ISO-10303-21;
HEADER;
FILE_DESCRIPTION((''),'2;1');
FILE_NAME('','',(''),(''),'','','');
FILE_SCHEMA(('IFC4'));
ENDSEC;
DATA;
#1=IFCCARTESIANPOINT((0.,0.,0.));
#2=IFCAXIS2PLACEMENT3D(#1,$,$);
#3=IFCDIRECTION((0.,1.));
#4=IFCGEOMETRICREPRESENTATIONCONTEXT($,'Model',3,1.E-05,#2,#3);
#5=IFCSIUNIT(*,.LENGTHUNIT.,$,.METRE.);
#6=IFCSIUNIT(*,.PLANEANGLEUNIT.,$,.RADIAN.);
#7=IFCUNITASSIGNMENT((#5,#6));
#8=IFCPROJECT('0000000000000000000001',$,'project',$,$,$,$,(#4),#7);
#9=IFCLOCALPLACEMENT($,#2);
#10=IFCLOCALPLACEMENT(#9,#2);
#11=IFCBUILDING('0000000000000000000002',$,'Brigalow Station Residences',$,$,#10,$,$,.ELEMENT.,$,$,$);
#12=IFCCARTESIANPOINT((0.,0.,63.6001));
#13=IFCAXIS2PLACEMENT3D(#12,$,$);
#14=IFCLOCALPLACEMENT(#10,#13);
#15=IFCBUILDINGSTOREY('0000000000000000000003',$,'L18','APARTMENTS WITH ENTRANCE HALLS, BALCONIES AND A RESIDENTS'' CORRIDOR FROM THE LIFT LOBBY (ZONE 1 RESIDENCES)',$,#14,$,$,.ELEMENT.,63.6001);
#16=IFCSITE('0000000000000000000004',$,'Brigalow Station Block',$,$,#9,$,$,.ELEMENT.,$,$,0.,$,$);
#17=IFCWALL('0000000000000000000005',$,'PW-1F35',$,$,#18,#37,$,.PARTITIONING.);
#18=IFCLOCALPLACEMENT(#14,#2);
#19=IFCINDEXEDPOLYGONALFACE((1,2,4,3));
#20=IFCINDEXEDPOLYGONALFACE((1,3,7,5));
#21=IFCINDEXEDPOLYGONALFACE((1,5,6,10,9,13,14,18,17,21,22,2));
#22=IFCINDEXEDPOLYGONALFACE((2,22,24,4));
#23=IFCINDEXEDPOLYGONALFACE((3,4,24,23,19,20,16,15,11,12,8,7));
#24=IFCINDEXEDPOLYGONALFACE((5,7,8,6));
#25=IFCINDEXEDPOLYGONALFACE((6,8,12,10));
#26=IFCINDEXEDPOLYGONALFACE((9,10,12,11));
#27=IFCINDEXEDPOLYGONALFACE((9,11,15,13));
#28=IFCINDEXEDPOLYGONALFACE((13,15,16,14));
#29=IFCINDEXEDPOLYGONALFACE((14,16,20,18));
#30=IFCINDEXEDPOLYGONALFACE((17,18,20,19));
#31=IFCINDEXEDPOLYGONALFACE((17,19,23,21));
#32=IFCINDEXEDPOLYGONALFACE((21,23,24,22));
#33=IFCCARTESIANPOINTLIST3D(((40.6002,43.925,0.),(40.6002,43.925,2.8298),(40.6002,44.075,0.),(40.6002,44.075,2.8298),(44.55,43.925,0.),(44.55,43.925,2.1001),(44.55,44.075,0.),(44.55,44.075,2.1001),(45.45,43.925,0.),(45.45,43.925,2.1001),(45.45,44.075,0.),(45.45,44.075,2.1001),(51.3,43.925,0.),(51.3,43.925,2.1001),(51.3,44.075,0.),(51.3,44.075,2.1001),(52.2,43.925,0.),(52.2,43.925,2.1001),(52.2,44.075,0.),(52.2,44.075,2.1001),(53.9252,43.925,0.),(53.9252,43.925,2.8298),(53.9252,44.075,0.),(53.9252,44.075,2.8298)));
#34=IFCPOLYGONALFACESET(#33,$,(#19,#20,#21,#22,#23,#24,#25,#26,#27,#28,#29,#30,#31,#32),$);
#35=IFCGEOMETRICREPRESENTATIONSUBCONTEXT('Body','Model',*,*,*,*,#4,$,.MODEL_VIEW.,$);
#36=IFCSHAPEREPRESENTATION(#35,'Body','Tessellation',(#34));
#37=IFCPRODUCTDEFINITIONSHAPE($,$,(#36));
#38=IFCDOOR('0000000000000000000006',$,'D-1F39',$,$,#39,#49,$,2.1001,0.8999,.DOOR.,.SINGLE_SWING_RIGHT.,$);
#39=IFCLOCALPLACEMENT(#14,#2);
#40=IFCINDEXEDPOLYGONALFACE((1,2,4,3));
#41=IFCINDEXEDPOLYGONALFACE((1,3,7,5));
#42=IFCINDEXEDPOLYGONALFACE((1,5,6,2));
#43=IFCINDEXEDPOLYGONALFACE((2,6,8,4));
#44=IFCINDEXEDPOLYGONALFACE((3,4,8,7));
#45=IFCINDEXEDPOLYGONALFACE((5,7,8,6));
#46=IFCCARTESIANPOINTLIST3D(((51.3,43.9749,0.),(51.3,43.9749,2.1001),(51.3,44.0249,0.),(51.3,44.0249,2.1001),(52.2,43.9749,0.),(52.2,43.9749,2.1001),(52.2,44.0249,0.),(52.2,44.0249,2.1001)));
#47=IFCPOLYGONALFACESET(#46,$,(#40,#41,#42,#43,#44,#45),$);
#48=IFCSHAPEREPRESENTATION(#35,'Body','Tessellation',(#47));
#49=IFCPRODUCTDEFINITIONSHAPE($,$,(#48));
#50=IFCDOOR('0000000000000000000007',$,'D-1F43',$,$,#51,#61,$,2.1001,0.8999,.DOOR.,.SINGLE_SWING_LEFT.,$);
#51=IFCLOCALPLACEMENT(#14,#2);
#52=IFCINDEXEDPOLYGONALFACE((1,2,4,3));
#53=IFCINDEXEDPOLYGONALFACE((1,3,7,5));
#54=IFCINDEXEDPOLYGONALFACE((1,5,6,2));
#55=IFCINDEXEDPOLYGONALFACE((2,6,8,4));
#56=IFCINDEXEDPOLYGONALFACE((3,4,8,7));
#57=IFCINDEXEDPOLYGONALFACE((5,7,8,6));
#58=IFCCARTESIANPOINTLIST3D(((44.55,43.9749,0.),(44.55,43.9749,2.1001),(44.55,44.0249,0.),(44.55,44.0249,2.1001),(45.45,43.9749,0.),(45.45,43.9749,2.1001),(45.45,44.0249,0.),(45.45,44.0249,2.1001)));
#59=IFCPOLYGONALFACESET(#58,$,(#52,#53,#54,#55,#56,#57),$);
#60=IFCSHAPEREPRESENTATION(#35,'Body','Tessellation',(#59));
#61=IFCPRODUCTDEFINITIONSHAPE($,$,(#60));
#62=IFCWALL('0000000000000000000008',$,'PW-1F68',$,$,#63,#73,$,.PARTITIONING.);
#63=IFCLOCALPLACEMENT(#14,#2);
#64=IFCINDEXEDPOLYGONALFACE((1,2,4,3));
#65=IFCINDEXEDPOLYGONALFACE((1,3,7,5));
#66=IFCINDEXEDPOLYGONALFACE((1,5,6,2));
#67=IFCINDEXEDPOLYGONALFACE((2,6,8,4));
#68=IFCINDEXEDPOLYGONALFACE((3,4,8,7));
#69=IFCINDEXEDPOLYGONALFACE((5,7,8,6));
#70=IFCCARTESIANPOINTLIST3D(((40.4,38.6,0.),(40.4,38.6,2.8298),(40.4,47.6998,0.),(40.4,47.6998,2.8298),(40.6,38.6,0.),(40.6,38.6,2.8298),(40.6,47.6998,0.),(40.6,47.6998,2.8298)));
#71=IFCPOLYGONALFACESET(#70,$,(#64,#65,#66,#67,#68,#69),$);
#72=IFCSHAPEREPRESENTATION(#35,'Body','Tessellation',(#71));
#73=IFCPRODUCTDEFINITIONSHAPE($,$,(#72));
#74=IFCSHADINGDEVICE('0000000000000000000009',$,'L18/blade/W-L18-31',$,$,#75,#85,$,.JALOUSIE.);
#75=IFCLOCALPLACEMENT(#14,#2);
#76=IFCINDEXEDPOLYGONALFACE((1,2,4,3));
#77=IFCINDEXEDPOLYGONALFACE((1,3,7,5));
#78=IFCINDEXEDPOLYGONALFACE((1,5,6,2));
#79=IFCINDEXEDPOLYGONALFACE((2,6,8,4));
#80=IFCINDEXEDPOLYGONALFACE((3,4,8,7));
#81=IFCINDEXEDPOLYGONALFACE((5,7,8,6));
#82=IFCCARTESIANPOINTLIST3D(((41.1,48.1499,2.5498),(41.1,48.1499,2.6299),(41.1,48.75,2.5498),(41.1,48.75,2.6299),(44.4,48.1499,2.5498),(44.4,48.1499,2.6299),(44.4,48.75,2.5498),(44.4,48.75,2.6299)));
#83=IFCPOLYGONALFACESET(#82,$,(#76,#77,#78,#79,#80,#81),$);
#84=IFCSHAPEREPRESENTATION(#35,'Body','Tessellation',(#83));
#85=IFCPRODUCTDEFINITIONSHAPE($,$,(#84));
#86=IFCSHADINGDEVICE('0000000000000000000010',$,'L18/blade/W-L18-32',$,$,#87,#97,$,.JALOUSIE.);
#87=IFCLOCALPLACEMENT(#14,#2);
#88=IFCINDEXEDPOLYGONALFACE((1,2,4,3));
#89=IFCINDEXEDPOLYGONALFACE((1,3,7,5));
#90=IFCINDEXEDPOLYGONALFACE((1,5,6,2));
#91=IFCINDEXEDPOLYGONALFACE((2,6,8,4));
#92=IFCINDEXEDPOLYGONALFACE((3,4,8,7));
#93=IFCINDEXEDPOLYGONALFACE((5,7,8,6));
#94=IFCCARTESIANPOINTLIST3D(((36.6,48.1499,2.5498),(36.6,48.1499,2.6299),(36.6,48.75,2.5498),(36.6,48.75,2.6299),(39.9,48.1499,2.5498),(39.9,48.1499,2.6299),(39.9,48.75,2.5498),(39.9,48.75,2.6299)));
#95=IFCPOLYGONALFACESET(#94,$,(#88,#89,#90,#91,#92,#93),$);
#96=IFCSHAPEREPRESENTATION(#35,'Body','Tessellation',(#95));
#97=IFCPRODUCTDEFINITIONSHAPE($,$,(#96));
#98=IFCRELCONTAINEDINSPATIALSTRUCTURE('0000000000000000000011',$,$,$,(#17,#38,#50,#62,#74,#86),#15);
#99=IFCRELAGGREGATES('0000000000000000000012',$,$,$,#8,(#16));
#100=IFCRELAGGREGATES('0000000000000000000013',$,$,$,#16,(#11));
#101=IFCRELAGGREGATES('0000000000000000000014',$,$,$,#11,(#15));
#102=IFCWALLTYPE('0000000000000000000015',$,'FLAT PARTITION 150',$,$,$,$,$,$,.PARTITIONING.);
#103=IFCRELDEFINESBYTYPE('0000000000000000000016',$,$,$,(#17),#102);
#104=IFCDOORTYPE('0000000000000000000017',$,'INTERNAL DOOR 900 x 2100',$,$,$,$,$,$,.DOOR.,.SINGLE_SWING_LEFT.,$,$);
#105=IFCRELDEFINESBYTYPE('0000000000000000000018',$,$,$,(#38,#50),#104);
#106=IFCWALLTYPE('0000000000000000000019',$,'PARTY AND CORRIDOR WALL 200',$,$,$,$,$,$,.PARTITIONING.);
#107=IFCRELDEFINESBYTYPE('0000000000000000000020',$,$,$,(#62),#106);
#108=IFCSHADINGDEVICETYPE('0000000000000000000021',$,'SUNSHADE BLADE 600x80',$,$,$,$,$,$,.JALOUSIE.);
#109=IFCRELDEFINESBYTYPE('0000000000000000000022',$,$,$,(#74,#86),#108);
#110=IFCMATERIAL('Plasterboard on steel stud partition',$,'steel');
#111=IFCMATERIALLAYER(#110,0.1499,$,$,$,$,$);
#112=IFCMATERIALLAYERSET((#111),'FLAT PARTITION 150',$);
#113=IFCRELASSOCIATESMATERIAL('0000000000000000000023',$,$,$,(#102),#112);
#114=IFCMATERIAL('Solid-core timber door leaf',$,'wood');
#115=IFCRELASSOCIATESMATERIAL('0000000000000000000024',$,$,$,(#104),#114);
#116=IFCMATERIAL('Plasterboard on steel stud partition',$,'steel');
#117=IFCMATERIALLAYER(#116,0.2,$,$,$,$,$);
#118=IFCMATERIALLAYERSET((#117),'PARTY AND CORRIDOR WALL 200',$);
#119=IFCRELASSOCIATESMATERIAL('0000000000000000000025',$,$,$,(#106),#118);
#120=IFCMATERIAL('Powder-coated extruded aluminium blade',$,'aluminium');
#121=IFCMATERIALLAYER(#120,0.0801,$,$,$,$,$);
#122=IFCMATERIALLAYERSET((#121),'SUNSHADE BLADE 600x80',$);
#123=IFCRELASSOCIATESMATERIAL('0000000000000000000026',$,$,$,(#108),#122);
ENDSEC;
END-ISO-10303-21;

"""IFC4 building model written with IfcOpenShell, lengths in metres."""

from ifc_helpers import new_model, si_unit, direction, frame, frame_2d, origin, origin_2d, place, context, subcontext, project, spatial, rectangle, extrude, material, layer, layer_set, type_object, element, fill, save


model = new_model("IFC4")

# Units and contexts
model_context = context("Model", 3, precision=1e-05, world=origin(), true_north=direction((0.0, 1.0)))
body_context = subcontext(model_context, "Body", "Model", "MODEL_VIEW")
ifc_project = project(units=[si_unit("LENGTHUNIT", "METRE"), si_unit("PLANEANGLEUNIT", "RADIAN")], contexts=[model_context])

# Site, building, storey
site_placement = place(None, origin())
site = spatial("IfcSite", under=ifc_project, at=site_placement, Name="Brigalow Station Block", CompositionType="ELEMENT", RefElevation=0.0)
building_placement = place(site_placement, origin())
building = spatial("IfcBuilding", under=site, at=building_placement, Name="Brigalow Station Residences", CompositionType="ELEMENT")
storey_placement = place(building_placement, frame((0.0, 0.0, 63.6001)))
storey = spatial("IfcBuildingStorey", under=building, at=storey_placement, Name="L18", Description="APARTMENTS WITH ENTRANCE HALLS, BALCONIES AND A RESIDENTS' CORRIDOR FROM THE LIFT LOBBY (ZONE 1 RESIDENCES)", CompositionType="ELEMENT", Elevation=63.6001)

# Wall, openings, doors
ifc_material_1 = material(Name="Plasterboard on steel stud partition", Category="steel")
ifc_layer_1 = layer(ifc_material_1, 0.1499)
ifc_layer_set_1 = layer_set([ifc_layer_1], Name="FLAT PARTITION 150")
wall_type_1 = type_object("IfcWallType", Name="FLAT PARTITION 150", PredefinedType="PARTITIONING", material=ifc_layer_set_1)
wall_1_placement = place(storey_placement, frame((40.6001, 44.0, 0.0), z_axis=(0.0, 0.0, 1.0), x_axis=(1.0, 0.0, 0.0)))
wall_1 = element("IfcWall", 1, at=wall_1_placement, inside=storey, type_object=wall_type_1, Name="PW-1F35", PredefinedType="PARTITIONING", context=body_context, shape_type="SweptSolid", body=[
    extrude(rectangle(XDim=13.325, YDim=0.1499, at=frame_2d((6.6626, 0.0))), origin(), (0.0, 0.0, 1.0), 2.8298),
])
opening_1_placement = place(wall_1_placement, frame((10.7, 0.0, 0.0)))
opening_1 = element("IfcOpeningElement", 2, at=opening_1_placement, cuts=wall_1, PredefinedType="OPENING", context=body_context, shape_type="SweptSolid", body=[
    extrude(rectangle(XDim=0.8999, YDim=2.1001, at=frame_2d((0.45, 1.05))), frame((0.0, 0.085, 0.0), z_axis=(0.0, -1.0, 0.0), x_axis=(1.0, 0.0, 0.0)), (0.0, 0.0, 1.0), 0.1699),
])
opening_2_placement = place(wall_1_placement, frame((3.95, 0.0, 0.0)))
opening_2 = element("IfcOpeningElement", 3, at=opening_2_placement, cuts=wall_1, PredefinedType="OPENING", context=body_context, shape_type="SweptSolid", body=[
    extrude(rectangle(XDim=0.8999, YDim=2.1001, at=frame_2d((0.45, 1.05))), frame((0.0, 0.085, 0.0), z_axis=(0.0, -1.0, 0.0), x_axis=(1.0, 0.0, 0.0)), (0.0, 0.0, 1.0), 0.1699),
])
ifc_material_2 = material(Name="Solid-core timber door leaf", Category="wood")
door_type_1 = type_object("IfcDoorType", Name="INTERNAL DOOR 900 x 2100", OperationType="SINGLE_SWING_LEFT", PredefinedType="DOOR", material=ifc_material_2)
door_1_placement = place(opening_1_placement, origin())
door_1 = element("IfcDoor", 4, at=door_1_placement, inside=storey, type_object=door_type_1, Name="D-1F39", OperationType="SINGLE_SWING_RIGHT", OverallHeight=2.1001, OverallWidth=0.8999, PredefinedType="DOOR", context=body_context, shape_type="SweptSolid", body=[
    extrude(rectangle(XDim=0.8999, YDim=2.1001, at=frame_2d((0.45, 1.05))), frame((0.0, 0.0249, 0.0), z_axis=(0.0, -1.0, 0.0), x_axis=(1.0, 0.0, 0.0)), (0.0, 0.0, 1.0), 0.05),
])
fill(opening_1, door_1)
door_2_placement = place(opening_2_placement, origin())
door_2 = element("IfcDoor", 5, at=door_2_placement, inside=storey, type_object=door_type_1, Name="D-1F43", OperationType="SINGLE_SWING_LEFT", OverallHeight=2.1001, OverallWidth=0.8999, PredefinedType="DOOR", context=body_context, shape_type="SweptSolid", body=[
    extrude(rectangle(XDim=0.8999, YDim=2.1001, at=frame_2d((0.45, 1.05))), frame((0.0, 0.0249, 0.0), z_axis=(0.0, -1.0, 0.0), x_axis=(1.0, 0.0, 0.0)), (0.0, 0.0, 1.0), 0.05),
])
fill(opening_2, door_2)

# Wall
ifc_material_3 = material(Name="Plasterboard on steel stud partition", Category="steel")
ifc_layer_2 = layer(ifc_material_3, 0.2)
ifc_layer_set_2 = layer_set([ifc_layer_2], Name="PARTY AND CORRIDOR WALL 200")
wall_type_2 = type_object("IfcWallType", Name="PARTY AND CORRIDOR WALL 200", PredefinedType="PARTITIONING", material=ifc_layer_set_2)
wall_2_placement = place(storey_placement, frame((40.5, 38.6001, 0.0), z_axis=(0.0, 0.0, 1.0), x_axis=(0.0, 1.0, 0.0)))
element("IfcWall", 6, at=wall_2_placement, inside=storey, type_object=wall_type_2, Name="PW-1F68", PredefinedType="PARTITIONING", context=body_context, shape_type="SweptSolid", body=[
    extrude(rectangle(XDim=9.0999, YDim=0.2, at=frame_2d((4.5498, 0.0))), origin(), (0.0, 0.0, 1.0), 2.8298),
])

# Shading devices
ifc_material_4 = material(Name="Powder-coated extruded aluminium blade", Category="aluminium")
ifc_layer_3 = layer(ifc_material_4, 0.0801)
ifc_layer_set_3 = layer_set([ifc_layer_3], Name="SUNSHADE BLADE 600x80")
shading_device_type = type_object("IfcShadingDeviceType", Name="SUNSHADE BLADE 600x80", PredefinedType="JALOUSIE", material=ifc_layer_set_3)
for number, where, z_axis, x_axis, name in (
    (7, (42.75, 48.45, 2.5498), (0.0, 0.0, 1.0), (-1.0, 0.0, 0.0), "L18/blade/W-L18-31"),
    (8, (38.25, 48.45, 2.5498), (0.0, 0.0, 1.0), (-1.0, 0.0, 0.0), "L18/blade/W-L18-32"),
):
    element("IfcShadingDevice", number, at=place(storey_placement, frame(where, z_axis=z_axis, x_axis=x_axis)), inside=storey, type_object=shading_device_type, Name=name, PredefinedType="JALOUSIE", context=body_context, shape_type="SweptSolid", body=[
        extrude(rectangle(XDim=3.3, YDim=0.6001, at=origin_2d()), origin(), (0.0, 0.0, 1.0), 0.0801),
    ])

save(model, "model.ifc")
